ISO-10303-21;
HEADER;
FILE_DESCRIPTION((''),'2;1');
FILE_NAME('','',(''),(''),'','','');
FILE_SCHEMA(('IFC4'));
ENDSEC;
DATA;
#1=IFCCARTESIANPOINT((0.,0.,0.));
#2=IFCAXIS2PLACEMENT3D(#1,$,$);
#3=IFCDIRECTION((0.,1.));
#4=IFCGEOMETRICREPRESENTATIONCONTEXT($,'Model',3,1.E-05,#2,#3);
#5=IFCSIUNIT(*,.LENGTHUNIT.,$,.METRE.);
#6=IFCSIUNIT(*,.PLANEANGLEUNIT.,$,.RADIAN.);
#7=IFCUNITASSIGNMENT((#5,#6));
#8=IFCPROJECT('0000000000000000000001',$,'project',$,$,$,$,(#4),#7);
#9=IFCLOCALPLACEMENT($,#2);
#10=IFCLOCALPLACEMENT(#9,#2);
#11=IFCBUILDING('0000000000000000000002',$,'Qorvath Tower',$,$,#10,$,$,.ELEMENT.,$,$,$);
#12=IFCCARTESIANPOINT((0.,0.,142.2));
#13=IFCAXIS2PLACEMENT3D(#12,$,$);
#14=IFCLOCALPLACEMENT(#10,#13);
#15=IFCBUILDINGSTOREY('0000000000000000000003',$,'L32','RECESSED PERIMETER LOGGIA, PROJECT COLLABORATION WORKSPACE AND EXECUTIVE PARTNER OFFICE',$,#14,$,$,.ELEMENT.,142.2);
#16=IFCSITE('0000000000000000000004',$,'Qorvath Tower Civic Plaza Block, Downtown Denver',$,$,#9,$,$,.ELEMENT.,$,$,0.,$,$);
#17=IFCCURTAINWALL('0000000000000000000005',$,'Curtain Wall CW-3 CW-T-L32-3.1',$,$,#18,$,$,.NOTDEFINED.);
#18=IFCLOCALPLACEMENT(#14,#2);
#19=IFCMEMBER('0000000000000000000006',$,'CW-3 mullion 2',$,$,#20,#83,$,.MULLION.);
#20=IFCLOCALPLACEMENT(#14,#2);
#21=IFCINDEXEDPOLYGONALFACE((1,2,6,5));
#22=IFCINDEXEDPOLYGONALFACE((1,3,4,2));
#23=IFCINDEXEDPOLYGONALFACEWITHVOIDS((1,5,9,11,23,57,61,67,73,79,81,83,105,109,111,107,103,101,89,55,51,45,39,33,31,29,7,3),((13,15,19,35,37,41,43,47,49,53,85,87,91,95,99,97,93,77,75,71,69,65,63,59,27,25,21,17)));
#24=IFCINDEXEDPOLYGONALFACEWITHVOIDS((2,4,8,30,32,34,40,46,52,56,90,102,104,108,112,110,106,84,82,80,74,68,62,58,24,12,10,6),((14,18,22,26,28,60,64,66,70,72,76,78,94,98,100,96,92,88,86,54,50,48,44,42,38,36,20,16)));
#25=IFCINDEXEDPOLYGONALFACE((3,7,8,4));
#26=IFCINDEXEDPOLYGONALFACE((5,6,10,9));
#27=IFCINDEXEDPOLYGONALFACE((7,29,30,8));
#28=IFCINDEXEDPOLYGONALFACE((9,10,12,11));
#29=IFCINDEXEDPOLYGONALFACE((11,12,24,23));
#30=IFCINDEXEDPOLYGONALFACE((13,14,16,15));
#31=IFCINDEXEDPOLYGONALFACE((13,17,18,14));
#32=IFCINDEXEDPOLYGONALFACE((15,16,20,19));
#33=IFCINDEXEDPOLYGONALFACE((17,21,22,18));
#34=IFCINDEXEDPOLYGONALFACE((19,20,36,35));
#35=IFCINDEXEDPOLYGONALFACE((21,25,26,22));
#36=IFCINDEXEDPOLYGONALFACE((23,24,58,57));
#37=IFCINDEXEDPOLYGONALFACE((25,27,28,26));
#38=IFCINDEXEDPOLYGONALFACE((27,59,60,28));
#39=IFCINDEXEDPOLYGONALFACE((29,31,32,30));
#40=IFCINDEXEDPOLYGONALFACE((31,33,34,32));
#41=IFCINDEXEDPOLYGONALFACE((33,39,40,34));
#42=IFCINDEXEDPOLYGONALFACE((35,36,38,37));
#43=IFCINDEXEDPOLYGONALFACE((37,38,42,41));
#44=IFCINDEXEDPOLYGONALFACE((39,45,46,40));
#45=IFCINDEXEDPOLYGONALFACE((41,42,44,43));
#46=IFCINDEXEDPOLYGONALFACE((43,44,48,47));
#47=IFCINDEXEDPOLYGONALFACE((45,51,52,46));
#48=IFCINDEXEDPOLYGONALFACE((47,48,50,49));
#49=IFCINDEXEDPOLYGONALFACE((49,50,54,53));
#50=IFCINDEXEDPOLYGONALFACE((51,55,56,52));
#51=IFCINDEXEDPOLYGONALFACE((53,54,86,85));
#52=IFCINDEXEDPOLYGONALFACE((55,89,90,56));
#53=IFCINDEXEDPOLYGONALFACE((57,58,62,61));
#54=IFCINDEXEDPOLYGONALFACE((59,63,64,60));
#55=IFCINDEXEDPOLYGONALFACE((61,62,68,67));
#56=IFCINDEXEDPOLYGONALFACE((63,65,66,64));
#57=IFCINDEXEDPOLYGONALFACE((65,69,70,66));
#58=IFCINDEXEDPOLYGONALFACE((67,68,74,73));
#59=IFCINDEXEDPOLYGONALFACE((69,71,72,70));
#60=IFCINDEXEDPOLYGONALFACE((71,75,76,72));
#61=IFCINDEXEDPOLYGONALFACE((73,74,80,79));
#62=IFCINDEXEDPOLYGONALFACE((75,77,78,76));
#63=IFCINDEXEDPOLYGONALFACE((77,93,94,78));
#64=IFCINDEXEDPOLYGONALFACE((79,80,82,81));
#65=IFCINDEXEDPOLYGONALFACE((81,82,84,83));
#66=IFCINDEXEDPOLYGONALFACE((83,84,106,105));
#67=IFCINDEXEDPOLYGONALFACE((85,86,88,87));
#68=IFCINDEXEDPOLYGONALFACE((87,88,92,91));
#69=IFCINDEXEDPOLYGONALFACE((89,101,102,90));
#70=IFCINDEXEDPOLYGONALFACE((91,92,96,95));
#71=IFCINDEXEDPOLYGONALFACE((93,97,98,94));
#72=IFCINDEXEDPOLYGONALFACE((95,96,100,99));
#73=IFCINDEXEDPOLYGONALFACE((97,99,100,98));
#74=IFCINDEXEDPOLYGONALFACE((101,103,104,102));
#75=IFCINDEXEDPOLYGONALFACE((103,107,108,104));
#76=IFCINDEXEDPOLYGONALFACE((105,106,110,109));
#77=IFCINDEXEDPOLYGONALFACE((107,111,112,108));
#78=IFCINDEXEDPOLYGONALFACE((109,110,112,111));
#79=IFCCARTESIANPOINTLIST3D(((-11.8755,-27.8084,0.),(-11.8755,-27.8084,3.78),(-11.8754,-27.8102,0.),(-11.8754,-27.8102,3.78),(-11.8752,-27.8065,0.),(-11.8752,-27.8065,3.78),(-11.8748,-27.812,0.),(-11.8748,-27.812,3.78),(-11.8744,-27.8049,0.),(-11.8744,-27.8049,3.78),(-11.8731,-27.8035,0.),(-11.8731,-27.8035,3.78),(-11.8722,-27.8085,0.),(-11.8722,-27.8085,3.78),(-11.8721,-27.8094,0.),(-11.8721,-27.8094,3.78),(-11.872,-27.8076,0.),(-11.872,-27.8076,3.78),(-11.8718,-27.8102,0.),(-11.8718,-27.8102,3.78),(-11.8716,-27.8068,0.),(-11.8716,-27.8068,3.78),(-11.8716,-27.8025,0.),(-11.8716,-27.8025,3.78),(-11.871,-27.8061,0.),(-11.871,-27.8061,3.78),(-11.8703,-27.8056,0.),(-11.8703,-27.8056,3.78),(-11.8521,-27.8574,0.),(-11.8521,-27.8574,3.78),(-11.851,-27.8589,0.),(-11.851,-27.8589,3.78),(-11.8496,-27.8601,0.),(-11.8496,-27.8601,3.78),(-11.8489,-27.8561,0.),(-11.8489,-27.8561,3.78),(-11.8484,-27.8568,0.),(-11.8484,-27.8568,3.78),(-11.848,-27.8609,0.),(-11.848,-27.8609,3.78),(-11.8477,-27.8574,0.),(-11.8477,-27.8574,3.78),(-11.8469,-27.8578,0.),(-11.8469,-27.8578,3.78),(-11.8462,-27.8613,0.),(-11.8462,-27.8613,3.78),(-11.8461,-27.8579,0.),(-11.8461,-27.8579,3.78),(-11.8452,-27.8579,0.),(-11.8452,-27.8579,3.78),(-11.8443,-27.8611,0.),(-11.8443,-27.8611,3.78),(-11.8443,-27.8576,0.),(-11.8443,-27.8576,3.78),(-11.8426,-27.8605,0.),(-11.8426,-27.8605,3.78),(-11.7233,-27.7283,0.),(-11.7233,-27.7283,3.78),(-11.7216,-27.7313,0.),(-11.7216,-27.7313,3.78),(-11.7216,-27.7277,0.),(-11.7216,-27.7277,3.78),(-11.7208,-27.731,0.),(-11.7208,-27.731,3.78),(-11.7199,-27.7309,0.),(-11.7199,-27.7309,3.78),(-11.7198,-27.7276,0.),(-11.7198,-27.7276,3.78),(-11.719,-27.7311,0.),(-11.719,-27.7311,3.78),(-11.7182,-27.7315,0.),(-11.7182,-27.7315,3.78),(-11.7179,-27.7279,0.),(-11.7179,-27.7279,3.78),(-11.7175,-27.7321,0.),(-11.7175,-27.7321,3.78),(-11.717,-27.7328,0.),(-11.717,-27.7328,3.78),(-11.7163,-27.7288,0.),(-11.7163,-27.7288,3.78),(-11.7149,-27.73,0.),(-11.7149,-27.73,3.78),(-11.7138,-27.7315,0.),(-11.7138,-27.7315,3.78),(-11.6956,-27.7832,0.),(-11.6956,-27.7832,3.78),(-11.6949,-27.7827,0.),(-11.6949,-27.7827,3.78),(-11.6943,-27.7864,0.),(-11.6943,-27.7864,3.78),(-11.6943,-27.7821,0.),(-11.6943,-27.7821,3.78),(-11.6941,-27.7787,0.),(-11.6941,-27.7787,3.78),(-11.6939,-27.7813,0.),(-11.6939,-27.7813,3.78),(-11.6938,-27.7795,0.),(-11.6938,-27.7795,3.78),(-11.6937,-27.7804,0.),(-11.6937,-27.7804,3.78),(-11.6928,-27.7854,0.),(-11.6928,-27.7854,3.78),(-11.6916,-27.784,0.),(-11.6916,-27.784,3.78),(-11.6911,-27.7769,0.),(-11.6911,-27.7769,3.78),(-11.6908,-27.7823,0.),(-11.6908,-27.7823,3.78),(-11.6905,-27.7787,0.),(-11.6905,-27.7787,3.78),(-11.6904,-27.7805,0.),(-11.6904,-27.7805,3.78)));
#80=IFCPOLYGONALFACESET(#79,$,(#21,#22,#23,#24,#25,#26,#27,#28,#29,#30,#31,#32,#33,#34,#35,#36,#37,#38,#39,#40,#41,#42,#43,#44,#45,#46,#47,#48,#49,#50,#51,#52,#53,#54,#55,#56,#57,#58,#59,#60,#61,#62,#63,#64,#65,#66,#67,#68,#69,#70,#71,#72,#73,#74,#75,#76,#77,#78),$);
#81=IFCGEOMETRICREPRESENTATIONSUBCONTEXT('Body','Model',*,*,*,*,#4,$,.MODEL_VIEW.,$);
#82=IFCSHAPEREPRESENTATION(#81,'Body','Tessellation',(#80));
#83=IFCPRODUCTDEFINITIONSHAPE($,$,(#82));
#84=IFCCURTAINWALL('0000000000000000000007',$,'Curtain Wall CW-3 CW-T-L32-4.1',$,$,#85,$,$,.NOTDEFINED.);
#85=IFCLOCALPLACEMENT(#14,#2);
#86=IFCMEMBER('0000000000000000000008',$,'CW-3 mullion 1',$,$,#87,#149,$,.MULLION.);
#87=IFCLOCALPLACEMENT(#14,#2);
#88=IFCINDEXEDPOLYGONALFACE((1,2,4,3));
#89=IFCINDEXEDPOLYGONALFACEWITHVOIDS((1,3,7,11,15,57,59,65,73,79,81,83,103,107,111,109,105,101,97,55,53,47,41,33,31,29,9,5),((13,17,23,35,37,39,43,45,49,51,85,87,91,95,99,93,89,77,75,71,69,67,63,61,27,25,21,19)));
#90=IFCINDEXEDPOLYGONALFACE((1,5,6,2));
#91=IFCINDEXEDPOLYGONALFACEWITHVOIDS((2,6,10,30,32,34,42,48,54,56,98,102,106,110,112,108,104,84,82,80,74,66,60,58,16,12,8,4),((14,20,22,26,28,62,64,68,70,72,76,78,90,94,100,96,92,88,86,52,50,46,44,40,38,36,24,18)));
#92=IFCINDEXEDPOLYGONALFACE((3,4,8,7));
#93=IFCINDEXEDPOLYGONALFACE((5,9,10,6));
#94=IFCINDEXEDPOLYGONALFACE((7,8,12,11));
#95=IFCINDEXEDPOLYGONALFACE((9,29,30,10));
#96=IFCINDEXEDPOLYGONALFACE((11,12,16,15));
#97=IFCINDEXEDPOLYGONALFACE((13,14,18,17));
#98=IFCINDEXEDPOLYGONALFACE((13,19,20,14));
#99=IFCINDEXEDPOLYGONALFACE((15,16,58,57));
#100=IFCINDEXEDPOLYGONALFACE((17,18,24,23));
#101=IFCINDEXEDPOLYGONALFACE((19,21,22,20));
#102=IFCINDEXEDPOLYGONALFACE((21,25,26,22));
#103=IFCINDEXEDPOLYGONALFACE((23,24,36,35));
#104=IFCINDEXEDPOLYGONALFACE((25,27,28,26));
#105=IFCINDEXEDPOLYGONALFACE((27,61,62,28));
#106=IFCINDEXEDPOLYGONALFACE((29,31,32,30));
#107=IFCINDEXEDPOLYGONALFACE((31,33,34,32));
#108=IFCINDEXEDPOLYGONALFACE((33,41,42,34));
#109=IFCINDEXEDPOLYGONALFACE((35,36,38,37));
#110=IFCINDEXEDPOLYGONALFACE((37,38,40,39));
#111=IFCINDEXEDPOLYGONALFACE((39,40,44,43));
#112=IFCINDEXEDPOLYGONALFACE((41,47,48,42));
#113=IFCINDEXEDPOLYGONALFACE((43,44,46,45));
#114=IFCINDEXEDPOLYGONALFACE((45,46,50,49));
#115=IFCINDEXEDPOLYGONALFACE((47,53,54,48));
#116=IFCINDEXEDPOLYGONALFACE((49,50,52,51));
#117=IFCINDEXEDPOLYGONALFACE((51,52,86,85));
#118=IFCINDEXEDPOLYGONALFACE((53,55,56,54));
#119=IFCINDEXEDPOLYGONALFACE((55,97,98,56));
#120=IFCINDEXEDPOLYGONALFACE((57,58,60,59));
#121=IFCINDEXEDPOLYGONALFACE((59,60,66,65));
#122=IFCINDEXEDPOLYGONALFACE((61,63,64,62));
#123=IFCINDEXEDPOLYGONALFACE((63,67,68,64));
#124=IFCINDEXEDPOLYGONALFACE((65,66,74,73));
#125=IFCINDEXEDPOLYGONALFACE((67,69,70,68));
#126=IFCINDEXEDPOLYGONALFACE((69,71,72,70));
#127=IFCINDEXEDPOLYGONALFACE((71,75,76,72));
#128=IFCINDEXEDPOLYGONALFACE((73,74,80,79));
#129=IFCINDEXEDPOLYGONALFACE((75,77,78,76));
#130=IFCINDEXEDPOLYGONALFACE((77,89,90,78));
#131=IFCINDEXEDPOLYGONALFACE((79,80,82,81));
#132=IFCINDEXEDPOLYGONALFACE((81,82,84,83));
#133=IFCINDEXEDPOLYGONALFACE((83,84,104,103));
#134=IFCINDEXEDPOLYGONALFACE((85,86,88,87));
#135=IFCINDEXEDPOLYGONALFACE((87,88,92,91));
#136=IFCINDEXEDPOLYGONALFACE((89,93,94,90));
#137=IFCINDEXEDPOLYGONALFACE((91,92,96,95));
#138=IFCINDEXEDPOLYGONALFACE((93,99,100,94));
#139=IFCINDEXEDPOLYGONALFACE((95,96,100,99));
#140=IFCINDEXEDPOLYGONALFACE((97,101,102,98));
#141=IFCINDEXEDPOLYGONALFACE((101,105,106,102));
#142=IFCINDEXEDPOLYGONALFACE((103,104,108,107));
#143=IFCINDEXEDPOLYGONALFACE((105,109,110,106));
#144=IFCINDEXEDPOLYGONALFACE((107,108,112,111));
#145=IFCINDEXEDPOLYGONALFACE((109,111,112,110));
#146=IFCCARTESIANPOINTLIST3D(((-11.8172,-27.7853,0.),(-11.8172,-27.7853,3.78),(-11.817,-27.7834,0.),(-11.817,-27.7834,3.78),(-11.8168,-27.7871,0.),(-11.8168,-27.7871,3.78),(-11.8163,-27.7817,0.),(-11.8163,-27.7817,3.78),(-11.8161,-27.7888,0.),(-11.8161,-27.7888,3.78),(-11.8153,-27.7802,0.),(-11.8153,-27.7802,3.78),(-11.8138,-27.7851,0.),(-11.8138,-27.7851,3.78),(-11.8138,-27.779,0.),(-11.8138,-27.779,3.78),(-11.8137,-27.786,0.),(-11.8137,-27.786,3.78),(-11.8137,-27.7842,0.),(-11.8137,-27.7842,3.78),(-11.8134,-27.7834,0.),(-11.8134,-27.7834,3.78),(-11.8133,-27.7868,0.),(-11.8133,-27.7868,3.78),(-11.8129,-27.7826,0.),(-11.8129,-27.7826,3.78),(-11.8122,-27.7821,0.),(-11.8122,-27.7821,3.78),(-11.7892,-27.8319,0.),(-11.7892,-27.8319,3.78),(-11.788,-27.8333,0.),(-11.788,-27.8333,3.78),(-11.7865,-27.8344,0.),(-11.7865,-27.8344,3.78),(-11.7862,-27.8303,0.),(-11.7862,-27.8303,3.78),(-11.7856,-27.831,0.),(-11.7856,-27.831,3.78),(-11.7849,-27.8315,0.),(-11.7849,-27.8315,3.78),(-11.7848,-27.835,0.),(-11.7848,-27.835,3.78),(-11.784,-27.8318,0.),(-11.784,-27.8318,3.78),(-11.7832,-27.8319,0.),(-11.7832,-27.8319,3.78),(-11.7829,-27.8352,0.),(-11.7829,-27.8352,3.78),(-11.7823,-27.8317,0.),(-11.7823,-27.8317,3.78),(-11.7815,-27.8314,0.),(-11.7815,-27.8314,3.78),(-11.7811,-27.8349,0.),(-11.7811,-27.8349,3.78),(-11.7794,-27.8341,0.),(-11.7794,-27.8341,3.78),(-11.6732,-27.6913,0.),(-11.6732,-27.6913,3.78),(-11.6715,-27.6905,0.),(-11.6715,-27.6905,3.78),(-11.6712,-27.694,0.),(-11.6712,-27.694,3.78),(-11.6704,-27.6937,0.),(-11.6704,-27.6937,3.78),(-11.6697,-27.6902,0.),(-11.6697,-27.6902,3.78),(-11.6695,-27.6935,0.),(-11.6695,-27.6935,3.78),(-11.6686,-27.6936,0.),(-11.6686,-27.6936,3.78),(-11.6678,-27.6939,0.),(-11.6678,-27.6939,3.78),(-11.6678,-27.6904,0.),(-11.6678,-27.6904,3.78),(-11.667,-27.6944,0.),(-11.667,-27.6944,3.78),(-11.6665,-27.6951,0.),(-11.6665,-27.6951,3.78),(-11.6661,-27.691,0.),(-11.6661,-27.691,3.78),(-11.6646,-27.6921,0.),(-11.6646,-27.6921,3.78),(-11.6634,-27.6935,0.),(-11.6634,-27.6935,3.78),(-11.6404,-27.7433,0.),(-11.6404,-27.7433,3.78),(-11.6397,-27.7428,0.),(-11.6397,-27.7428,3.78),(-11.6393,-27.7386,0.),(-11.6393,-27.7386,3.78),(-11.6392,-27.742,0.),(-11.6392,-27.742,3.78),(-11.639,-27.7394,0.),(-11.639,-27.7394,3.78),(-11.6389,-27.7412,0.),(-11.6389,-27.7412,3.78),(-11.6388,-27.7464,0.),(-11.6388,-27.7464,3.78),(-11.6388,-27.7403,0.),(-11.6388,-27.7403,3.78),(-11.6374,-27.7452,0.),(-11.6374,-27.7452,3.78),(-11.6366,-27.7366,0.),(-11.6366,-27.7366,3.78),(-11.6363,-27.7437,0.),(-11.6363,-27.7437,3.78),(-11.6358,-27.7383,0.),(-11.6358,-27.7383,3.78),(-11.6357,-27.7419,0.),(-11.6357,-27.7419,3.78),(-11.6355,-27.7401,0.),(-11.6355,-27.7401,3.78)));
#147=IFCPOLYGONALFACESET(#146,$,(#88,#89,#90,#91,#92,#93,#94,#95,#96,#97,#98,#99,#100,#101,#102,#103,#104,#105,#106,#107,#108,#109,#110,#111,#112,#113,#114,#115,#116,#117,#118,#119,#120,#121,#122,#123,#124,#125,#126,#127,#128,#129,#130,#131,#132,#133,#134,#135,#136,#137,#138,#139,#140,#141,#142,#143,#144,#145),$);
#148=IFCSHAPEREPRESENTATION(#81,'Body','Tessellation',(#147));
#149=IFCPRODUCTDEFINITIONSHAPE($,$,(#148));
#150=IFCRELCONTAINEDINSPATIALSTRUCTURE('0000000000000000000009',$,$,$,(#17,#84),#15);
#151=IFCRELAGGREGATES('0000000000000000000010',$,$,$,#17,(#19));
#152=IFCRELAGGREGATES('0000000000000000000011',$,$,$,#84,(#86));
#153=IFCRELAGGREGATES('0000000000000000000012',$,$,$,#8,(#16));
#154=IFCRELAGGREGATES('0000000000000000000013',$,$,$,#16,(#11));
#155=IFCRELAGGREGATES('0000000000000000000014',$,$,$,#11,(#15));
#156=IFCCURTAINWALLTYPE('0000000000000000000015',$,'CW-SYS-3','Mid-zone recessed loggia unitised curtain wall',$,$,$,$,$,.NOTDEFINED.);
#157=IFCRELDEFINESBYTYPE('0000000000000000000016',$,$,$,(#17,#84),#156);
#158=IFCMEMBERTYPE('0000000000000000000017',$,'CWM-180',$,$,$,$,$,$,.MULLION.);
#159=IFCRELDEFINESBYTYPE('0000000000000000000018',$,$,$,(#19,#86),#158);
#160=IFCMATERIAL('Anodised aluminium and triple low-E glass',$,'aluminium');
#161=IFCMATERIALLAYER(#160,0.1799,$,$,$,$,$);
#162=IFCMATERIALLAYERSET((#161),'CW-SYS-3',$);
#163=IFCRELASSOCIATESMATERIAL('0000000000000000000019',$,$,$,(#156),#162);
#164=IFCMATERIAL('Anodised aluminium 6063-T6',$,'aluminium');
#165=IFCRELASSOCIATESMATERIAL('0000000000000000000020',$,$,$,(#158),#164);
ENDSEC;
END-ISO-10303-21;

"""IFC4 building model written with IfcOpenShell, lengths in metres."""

from ifc_helpers import new_model, si_unit, direction, frame, origin, origin_2d, place, context, subcontext, project, spatial, hollow_rectangle, extrude, material, layer, layer_set, material_profile, profile_set, type_object, element, aggregate, save


model = new_model("IFC4")

# Units and contexts
model_context = context("Model", 3, precision=1e-05, world=origin(), true_north=direction((0.0, 1.0)))
body_context = subcontext(model_context, "Body", "Model", "MODEL_VIEW")
ifc_project = project(units=[si_unit("LENGTHUNIT", "METRE"), si_unit("PLANEANGLEUNIT", "RADIAN")], contexts=[model_context])

# Site, building, storey
site_placement = place(None, origin())
site = spatial("IfcSite", under=ifc_project, at=site_placement, Name="Qorvath Tower Civic Plaza Block, Downtown Denver", CompositionType="ELEMENT", RefElevation=0.0)
building_placement = place(site_placement, origin())
building = spatial("IfcBuilding", under=site, at=building_placement, Name="Qorvath Tower", CompositionType="ELEMENT")
storey_placement = place(building_placement, frame((0.0, 0.0, 142.2)))
storey = spatial("IfcBuildingStorey", under=building, at=storey_placement, Name="L32", Description="RECESSED PERIMETER LOGGIA, PROJECT COLLABORATION WORKSPACE AND EXECUTIVE PARTNER OFFICE", CompositionType="ELEMENT", Elevation=142.2)

# Shared definitions
ifc_material_1 = material(Name="Anodised aluminium and triple low-E glass", Category="aluminium")
ifc_layer_1 = layer(ifc_material_1, 0.1799)
ifc_layer_set_1 = layer_set([ifc_layer_1], Name="CW-SYS-3")
curtain_wall_type = type_object("IfcCurtainWallType", Name="CW-SYS-3", Description="Mid-zone recessed loggia unitised curtain wall", PredefinedType="NOTDEFINED", material=ifc_layer_set_1)
ifc_material_2 = material(Name="Anodised aluminium 6063-T6", Category="aluminium")
ifc_material_profile_1 = material_profile(ifc_material_2, hollow_rectangle(XDim=0.0649, YDim=0.1799, WallThickness=0.0034, InnerFilletRadius=0.0034, OuterFilletRadius=0.0071, at=origin_2d()), Name="CWM 180x65")
ifc_profile_set_1 = profile_set([ifc_material_profile_1], Name="Anodised aluminium 6063-T6")
member_type_1 = type_object("IfcMemberType", Name="CWM-180", PredefinedType="MULLION", material=ifc_profile_set_1)

# Curtain walls, members
curtain_wall_1_placement = place(storey_placement, origin())
curtain_wall_1 = element("IfcCurtainWall", 1, at=curtain_wall_1_placement, inside=storey, type_object=curtain_wall_type, Name="Curtain Wall CW-3 CW-T-L32-3.1", PredefinedType="NOTDEFINED")
member_1_placement = place(storey_placement, frame((-11.783, -27.7944, 0.0), z_axis=(0.0, 0.0, 1.0), x_axis=(-0.447172, 0.894448, 0.0)))
member_1 = element("IfcMember", 2, at=member_1_placement, type_object=member_type_1, Name="CW-3 mullion 2", PredefinedType="MULLION", context=body_context, shape_type="SweptSolid", body=[
    extrude(hollow_rectangle(XDim=0.0649, YDim=0.1799, WallThickness=0.0034, InnerFilletRadius=0.0034, OuterFilletRadius=0.0071, at=origin_2d()), origin(), (0.0, 0.0, 1.0), 3.78),
])
curtain_wall_2_placement = place(storey_placement, origin())
curtain_wall_2 = element("IfcCurtainWall", 3, at=curtain_wall_2_placement, inside=storey, type_object=curtain_wall_type, Name="Curtain Wall CW-3 CW-T-L32-4.1", PredefinedType="NOTDEFINED")
member_2_placement = place(storey_placement, frame((-11.7263, -27.7627, 0.0), z_axis=(0.0, 0.0, 1.0), x_axis=(-0.529441, 0.848346, 0.0)))
member_2 = element("IfcMember", 4, at=member_2_placement, type_object=member_type_1, Name="CW-3 mullion 1", PredefinedType="MULLION", context=body_context, shape_type="SweptSolid", body=[
    extrude(hollow_rectangle(XDim=0.0649, YDim=0.1799, WallThickness=0.0034, InnerFilletRadius=0.0034, OuterFilletRadius=0.0071, at=origin_2d()), origin(), (0.0, 0.0, 1.0), 3.78),
])

aggregate(curtain_wall_1, [member_1])
aggregate(curtain_wall_2, [member_2])

save(model, "model.ifc")
